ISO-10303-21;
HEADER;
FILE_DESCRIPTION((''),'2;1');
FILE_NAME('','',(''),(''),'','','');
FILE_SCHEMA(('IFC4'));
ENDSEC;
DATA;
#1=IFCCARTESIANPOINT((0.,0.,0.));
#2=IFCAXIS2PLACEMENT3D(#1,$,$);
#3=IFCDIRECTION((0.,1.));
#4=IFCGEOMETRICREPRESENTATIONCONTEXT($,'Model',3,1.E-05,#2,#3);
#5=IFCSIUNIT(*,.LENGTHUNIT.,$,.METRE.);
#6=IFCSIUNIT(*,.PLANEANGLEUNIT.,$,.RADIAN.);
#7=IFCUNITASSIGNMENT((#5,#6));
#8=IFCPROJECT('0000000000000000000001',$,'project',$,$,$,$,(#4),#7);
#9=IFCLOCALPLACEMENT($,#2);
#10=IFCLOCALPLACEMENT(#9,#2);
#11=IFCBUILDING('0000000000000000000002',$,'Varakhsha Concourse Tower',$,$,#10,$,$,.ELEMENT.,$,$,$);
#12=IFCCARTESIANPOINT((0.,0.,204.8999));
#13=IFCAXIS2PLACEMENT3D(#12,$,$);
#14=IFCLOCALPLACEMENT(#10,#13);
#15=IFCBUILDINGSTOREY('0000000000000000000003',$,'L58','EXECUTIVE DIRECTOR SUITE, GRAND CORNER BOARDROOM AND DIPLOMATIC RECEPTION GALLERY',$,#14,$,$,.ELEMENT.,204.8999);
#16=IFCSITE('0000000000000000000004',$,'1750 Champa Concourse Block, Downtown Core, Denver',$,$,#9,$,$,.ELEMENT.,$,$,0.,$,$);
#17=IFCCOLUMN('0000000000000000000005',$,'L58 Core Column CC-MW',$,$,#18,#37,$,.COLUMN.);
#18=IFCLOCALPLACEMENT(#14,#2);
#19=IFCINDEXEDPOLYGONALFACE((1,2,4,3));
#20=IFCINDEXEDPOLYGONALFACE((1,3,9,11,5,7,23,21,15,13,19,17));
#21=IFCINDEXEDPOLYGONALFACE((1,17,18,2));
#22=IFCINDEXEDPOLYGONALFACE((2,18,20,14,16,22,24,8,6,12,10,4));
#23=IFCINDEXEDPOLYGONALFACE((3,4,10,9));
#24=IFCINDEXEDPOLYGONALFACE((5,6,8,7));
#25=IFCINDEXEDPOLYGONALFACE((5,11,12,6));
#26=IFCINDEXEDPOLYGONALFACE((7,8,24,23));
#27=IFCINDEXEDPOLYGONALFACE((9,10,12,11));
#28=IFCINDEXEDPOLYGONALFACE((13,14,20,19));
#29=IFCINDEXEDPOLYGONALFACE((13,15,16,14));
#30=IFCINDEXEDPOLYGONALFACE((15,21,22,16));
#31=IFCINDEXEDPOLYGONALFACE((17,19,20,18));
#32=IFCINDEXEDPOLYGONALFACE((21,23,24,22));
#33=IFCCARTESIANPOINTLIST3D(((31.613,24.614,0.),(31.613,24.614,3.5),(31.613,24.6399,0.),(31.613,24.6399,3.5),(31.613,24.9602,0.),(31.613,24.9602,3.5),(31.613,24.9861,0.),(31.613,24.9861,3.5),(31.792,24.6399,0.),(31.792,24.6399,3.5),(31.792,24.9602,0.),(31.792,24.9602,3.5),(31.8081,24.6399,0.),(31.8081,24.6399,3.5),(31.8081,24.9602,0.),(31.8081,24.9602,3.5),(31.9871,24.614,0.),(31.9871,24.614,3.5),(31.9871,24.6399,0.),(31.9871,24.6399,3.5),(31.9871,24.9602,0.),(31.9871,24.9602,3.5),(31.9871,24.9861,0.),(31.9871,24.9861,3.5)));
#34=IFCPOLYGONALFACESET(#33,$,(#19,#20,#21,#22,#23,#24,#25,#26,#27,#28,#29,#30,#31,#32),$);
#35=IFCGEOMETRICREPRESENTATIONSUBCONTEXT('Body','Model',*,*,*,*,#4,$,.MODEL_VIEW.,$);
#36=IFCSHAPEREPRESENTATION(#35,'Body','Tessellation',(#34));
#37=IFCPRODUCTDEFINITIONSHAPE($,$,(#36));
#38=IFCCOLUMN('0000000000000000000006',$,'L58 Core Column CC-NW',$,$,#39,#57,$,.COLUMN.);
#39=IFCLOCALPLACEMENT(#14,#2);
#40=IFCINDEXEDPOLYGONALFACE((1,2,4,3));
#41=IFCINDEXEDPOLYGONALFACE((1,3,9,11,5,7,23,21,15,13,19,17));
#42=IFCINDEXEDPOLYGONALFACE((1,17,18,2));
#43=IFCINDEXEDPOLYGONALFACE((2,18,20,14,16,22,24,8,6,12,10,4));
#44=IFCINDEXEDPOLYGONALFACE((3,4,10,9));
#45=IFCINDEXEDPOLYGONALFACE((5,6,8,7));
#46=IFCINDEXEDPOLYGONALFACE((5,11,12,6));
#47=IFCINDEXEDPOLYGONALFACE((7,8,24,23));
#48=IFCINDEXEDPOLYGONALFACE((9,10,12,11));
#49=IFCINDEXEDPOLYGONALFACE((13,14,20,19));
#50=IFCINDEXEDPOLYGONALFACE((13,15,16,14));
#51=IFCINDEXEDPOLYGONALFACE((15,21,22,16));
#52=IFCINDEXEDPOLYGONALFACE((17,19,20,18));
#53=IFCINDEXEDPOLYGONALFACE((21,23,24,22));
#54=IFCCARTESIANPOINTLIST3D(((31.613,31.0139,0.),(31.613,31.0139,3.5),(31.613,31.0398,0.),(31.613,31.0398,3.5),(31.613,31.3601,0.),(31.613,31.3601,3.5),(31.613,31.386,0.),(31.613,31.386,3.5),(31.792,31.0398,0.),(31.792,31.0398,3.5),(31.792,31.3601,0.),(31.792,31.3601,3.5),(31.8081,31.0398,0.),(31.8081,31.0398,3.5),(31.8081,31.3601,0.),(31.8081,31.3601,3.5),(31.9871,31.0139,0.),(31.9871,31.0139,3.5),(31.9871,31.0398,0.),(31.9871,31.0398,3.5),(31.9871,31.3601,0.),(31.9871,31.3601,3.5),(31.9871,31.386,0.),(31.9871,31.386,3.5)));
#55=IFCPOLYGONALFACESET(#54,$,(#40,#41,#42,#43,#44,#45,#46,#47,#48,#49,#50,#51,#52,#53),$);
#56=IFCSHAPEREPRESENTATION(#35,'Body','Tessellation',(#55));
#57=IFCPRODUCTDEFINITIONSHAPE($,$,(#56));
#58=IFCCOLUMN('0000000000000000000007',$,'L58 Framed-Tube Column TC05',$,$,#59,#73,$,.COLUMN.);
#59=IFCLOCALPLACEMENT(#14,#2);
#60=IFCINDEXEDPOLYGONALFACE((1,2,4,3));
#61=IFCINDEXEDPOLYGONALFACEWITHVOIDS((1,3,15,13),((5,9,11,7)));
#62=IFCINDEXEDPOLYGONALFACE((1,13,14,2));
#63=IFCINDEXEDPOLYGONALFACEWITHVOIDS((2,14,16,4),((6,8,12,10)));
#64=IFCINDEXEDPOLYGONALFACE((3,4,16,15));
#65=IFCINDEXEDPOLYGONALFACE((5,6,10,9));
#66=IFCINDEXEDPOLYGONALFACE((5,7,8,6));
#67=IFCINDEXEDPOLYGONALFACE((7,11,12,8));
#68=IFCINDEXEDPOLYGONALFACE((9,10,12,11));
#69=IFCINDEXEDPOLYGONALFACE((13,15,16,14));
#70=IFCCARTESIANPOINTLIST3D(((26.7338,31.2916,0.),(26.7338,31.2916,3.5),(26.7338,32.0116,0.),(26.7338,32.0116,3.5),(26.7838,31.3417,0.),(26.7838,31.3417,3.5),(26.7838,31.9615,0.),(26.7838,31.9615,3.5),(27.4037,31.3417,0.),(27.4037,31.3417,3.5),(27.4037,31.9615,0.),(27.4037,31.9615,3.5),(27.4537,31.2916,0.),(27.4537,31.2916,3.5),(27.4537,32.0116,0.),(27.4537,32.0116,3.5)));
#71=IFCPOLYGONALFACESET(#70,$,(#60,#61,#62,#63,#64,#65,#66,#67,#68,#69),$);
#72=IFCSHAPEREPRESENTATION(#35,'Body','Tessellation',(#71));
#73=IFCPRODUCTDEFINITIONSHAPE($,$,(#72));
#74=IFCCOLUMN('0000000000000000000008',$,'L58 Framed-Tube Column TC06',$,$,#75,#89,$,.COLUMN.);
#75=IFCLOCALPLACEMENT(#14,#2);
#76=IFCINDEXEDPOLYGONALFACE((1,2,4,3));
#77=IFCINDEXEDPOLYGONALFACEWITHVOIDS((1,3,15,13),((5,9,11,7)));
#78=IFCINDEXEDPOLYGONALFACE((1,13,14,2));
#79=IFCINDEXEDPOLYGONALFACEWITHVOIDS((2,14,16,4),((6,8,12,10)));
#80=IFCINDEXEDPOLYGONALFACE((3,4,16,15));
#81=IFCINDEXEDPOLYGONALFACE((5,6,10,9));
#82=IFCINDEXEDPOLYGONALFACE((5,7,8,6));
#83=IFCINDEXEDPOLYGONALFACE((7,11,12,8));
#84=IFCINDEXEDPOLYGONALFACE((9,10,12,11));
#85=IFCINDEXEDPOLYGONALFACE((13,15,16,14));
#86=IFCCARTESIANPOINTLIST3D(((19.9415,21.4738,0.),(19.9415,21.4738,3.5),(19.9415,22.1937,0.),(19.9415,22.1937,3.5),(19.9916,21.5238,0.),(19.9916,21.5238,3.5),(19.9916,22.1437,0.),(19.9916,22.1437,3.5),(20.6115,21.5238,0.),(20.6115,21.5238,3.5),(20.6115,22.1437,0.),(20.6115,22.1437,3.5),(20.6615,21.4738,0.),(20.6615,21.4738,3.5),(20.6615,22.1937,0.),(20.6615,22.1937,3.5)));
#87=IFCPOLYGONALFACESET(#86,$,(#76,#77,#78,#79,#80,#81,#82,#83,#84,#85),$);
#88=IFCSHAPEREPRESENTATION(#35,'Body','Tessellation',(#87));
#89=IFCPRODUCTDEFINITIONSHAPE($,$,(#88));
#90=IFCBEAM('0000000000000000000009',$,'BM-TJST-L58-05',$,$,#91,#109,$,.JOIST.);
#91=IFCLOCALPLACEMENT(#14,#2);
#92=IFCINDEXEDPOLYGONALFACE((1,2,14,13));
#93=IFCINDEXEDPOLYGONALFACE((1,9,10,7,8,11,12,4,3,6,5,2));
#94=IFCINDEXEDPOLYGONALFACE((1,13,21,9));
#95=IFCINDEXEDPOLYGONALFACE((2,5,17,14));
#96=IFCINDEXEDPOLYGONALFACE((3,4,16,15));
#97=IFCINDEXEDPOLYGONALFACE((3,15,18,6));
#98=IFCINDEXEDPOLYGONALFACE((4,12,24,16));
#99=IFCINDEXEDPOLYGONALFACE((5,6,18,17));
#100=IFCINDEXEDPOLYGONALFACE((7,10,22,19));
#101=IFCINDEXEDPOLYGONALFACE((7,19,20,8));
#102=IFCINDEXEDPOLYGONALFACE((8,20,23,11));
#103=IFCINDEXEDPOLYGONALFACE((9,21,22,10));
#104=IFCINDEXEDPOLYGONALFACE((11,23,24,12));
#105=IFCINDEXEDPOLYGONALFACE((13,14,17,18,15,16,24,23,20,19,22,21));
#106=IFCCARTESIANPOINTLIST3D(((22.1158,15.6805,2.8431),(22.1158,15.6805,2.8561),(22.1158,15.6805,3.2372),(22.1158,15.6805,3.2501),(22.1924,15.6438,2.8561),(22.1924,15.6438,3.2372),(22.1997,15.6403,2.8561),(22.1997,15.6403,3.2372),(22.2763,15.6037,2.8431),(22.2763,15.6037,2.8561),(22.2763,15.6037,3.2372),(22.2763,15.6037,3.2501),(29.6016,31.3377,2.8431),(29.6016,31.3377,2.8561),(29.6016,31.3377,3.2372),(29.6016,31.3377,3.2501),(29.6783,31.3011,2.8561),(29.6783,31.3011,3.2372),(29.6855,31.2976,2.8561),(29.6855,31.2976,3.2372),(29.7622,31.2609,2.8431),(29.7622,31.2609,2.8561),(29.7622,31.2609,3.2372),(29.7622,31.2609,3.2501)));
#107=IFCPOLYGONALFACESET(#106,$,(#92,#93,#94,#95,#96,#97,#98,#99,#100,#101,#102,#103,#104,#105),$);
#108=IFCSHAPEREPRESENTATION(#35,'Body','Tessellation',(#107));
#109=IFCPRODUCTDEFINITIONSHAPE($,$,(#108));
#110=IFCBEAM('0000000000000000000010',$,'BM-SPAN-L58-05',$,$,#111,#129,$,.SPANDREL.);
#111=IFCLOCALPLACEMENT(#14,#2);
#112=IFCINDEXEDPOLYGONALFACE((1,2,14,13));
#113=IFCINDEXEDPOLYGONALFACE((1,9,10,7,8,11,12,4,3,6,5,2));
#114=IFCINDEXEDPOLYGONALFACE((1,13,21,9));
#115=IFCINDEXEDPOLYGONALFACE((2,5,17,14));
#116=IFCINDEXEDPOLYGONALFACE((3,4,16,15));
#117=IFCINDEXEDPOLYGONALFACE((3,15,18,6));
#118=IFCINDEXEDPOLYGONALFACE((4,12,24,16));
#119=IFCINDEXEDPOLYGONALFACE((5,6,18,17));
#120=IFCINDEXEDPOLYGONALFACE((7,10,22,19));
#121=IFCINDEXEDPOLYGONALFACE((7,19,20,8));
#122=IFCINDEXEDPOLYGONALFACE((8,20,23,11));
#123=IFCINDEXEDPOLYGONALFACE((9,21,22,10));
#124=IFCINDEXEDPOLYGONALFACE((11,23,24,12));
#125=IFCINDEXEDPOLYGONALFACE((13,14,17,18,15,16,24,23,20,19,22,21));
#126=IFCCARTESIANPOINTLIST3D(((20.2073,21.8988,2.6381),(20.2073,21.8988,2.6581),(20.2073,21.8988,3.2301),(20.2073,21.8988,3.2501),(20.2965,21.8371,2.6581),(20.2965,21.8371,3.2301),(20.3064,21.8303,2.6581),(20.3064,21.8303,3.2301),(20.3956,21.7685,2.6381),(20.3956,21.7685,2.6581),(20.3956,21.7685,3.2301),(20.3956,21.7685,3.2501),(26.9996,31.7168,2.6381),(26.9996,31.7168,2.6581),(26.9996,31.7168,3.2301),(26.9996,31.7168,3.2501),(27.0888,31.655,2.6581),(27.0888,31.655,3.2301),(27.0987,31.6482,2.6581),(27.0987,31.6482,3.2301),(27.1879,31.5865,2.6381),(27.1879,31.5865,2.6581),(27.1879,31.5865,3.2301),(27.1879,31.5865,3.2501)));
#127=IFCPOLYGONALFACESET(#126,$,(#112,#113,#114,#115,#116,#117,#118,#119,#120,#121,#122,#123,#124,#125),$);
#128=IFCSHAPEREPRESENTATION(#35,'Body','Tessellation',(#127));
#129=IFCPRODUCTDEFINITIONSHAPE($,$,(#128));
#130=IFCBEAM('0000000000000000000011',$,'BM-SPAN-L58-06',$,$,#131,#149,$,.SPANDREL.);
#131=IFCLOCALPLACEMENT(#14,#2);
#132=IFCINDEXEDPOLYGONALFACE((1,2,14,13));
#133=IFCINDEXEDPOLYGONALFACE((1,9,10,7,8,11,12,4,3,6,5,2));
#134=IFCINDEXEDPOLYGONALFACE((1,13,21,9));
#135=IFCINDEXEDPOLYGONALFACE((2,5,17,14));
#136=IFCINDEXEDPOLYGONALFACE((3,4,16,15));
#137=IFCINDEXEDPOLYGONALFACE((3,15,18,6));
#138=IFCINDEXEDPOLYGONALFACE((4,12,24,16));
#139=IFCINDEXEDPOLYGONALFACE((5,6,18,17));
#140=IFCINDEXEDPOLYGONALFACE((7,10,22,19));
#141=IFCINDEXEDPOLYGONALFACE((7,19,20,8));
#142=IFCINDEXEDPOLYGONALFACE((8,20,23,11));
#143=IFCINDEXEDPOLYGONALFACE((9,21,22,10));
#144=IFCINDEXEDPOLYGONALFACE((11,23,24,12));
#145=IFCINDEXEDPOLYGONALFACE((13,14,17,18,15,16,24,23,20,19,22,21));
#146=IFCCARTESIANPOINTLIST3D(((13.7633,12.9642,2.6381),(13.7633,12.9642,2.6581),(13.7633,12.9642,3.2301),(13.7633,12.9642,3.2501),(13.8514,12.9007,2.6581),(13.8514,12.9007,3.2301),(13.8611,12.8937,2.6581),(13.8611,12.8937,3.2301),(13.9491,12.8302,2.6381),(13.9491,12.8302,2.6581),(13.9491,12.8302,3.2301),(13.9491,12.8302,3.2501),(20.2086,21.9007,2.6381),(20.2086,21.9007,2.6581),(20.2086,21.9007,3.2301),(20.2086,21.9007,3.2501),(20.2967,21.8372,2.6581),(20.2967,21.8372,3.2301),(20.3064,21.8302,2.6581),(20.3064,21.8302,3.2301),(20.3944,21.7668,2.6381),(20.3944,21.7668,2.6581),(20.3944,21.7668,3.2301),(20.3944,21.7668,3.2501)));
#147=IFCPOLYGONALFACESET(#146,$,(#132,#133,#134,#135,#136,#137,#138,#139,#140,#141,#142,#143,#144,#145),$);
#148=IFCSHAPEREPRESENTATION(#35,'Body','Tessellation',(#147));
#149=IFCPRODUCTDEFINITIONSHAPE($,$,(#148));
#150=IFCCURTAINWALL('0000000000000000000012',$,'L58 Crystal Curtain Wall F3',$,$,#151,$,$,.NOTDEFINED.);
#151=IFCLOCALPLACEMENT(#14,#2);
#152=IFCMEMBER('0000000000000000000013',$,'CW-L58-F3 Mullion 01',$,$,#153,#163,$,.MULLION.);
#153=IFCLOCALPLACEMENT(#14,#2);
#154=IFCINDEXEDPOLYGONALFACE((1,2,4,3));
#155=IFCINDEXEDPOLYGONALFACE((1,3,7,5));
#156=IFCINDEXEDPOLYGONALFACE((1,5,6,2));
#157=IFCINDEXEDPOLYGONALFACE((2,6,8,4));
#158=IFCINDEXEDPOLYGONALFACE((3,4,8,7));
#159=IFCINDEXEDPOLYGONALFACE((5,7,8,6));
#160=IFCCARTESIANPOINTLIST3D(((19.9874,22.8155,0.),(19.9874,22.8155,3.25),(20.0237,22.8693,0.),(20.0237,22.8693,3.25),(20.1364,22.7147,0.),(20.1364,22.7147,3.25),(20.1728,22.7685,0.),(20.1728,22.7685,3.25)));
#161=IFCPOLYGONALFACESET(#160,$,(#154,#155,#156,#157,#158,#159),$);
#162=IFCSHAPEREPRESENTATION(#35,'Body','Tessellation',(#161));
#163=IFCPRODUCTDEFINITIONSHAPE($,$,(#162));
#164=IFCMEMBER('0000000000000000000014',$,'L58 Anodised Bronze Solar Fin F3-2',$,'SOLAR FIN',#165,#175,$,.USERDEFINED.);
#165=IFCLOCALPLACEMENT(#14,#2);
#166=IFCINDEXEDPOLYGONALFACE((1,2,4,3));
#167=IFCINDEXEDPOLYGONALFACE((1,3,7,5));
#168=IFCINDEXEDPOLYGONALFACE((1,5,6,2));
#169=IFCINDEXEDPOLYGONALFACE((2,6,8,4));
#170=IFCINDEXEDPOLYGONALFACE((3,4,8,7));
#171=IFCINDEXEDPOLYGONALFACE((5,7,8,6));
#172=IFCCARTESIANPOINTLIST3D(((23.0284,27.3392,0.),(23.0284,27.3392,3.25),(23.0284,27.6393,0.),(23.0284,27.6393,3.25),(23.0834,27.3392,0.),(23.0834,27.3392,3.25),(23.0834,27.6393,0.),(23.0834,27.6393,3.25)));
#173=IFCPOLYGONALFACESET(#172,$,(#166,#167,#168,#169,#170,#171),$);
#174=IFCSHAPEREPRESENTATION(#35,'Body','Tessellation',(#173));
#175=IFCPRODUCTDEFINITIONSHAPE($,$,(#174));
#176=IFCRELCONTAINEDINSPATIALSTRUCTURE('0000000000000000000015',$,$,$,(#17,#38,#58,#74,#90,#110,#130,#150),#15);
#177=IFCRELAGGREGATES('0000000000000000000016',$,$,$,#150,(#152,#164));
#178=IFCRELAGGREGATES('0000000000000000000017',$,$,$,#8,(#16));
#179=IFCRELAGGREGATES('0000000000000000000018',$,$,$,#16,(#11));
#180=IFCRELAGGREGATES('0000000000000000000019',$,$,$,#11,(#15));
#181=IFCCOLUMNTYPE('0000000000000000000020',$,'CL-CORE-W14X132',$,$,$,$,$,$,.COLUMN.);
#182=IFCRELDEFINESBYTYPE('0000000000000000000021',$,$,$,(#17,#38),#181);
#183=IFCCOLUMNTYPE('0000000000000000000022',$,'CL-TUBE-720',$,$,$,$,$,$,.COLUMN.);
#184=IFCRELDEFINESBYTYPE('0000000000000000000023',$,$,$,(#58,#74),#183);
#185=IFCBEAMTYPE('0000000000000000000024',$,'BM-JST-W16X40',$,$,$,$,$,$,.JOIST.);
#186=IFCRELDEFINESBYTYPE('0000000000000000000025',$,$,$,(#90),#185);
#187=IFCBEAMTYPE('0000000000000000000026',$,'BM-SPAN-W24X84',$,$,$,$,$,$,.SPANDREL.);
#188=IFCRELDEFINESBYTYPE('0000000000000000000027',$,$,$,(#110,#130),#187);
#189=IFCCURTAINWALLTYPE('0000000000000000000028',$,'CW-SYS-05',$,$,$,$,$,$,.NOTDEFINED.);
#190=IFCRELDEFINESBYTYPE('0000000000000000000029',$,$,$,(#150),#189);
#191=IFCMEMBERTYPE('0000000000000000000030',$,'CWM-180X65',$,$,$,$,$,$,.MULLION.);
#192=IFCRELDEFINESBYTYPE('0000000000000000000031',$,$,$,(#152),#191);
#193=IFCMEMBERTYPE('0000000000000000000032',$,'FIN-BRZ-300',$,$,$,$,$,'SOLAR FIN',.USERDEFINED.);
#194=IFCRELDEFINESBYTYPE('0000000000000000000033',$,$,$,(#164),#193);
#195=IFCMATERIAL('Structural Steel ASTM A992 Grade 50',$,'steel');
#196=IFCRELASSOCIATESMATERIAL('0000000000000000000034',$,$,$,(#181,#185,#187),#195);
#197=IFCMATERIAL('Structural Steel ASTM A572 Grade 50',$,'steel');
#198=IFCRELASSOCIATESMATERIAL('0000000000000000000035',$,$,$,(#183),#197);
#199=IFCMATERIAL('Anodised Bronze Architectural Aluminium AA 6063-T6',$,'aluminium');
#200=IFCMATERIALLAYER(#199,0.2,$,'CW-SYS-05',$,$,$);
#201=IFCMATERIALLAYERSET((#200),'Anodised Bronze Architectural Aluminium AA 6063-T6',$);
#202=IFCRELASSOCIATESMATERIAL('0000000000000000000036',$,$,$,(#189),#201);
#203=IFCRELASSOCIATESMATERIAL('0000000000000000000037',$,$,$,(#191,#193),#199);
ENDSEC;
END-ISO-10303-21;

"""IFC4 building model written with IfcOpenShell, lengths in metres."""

from ifc_helpers import new_model, si_unit, direction, frame, origin, origin_2d, place, context, subcontext, project, spatial, rectangle, hollow_rectangle, i_section, extrude, source, transform, mapped, material, layer, layer_set, material_profile, profile_set, type_object, type_shapes, element, aggregate, save


model = new_model("IFC4")

# Units and contexts
model_context = context("Model", 3, precision=1e-05, world=origin(), true_north=direction((0.0, 1.0)))
body_context = subcontext(model_context, "Body", "Model", "MODEL_VIEW")
ifc_project = project(units=[si_unit("LENGTHUNIT", "METRE"), si_unit("PLANEANGLEUNIT", "RADIAN")], contexts=[model_context])

# Site, building, storey
site_placement = place(None, origin())
site = spatial("IfcSite", under=ifc_project, at=site_placement, Name="1750 Champa Concourse Block, Downtown Core, Denver", CompositionType="ELEMENT", RefElevation=0.0)
building_placement = place(site_placement, origin())
building = spatial("IfcBuilding", under=site, at=building_placement, Name="Varakhsha Concourse Tower", CompositionType="ELEMENT")
storey_placement = place(building_placement, frame((0.0, 0.0, 204.8999)))
storey = spatial("IfcBuildingStorey", under=building, at=storey_placement, Name="L58", Description="EXECUTIVE DIRECTOR SUITE, GRAND CORNER BOARDROOM AND DIPLOMATIC RECEPTION GALLERY", CompositionType="ELEMENT", Elevation=204.8999)

# Columns
ifc_material_1 = material(Name="Structural Steel ASTM A992 Grade 50", Category="steel")
ifc_material_profile_1 = material_profile(ifc_material_1, i_section(OverallWidth=0.374, OverallDepth=0.3721, WebThickness=0.0161, FlangeThickness=0.0259, at=origin_2d()), Name="W14X132")
ifc_profile_set_1 = profile_set([ifc_material_profile_1], Name="Structural Steel ASTM A992 Grade 50")
column_type_1 = type_object("IfcColumnType", Name="CL-CORE-W14X132", PredefinedType="COLUMN", material=ifc_profile_set_1)
for number, where, z_axis, x_axis, name in (
    (1, (31.8, 24.8, 0.0), (0.0, 0.0, 1.0), (1.0, 0.0, 0.0), "L58 Core Column CC-MW"),
    (2, (31.8, 31.2, 0.0), (0.0, 0.0, 1.0), (1.0, 0.0, 0.0), "L58 Core Column CC-NW"),
):
    element("IfcColumn", number, at=place(storey_placement, frame(where, z_axis=z_axis, x_axis=x_axis)), inside=storey, type_object=column_type_1, Name=name, PredefinedType="COLUMN", context=body_context, shape_type="SweptSolid", body=[
        extrude(i_section(OverallWidth=0.374, OverallDepth=0.3721, WebThickness=0.0161, FlangeThickness=0.0259, at=origin_2d()), origin(), (0.0, 0.0, 1.0), 3.5),
    ])
ifc_material_2 = material(Name="Structural Steel ASTM A572 Grade 50", Category="steel")
ifc_material_profile_2 = material_profile(ifc_material_2, hollow_rectangle(XDim=0.72, YDim=0.72, WallThickness=0.05, at=origin_2d()), Name="BOX 720x720x50")
ifc_profile_set_2 = profile_set([ifc_material_profile_2], Name="Structural Steel ASTM A572 Grade 50")
column_type_2 = type_object("IfcColumnType", Name="CL-TUBE-720", PredefinedType="COLUMN", material=ifc_profile_set_2)
for number, where, z_axis, x_axis, name in (
    (3, (27.0938, 31.6516, 0.0), (0.0, 0.0, 1.0), (1.0, 0.0, 0.0), "L58 Framed-Tube Column TC05"),
    (4, (20.3015, 21.8337, 0.0), (0.0, 0.0, 1.0), (1.0, 0.0, 0.0), "L58 Framed-Tube Column TC06"),
):
    element("IfcColumn", number, at=place(storey_placement, frame(where, z_axis=z_axis, x_axis=x_axis)), inside=storey, type_object=column_type_2, Name=name, PredefinedType="COLUMN", context=body_context, shape_type="SweptSolid", body=[
        extrude(hollow_rectangle(XDim=0.72, YDim=0.72, WallThickness=0.05, at=origin_2d()), origin(), (0.0, 0.0, 1.0), 3.5),
    ])

# Beams
ifc_material_profile_3 = material_profile(ifc_material_1, i_section(OverallWidth=0.178, OverallDepth=0.407, WebThickness=0.0081, FlangeThickness=0.0129, at=origin_2d()), Name="W16X40")
ifc_profile_set_3 = profile_set([ifc_material_profile_3], Name="Structural Steel ASTM A992 Grade 50")
beam_type_1 = type_object("IfcBeamType", Name="BM-JST-W16X40", PredefinedType="JOIST", material=ifc_profile_set_3)
beam_1_placement = place(storey_placement, frame((29.6819, 31.2993, 3.0466), z_axis=(-0.431343, -0.902188, 0.0), x_axis=(0.902188, -0.431343, 0.0)))
element("IfcBeam", 5, at=beam_1_placement, inside=storey, type_object=beam_type_1, Name="BM-TJST-L58-05", PredefinedType="JOIST", context=body_context, shape_type="SweptSolid", body=[
    extrude(i_section(OverallWidth=0.178, OverallDepth=0.407, WebThickness=0.0081, FlangeThickness=0.0129, at=origin_2d()), origin(), (0.0, 0.0, 1.0), 17.3547),
])
ifc_material_profile_4 = material_profile(ifc_material_1, i_section(OverallWidth=0.229, OverallDepth=0.6121, WebThickness=0.012, FlangeThickness=0.02, at=origin_2d()), Name="W24X84")
ifc_profile_set_4 = profile_set([ifc_material_profile_4], Name="Structural Steel ASTM A992 Grade 50")
beam_type_2 = type_object("IfcBeamType", Name="BM-SPAN-W24X84", PredefinedType="SPANDREL", material=ifc_profile_set_4)
beam_2_placement = place(storey_placement, frame((27.0938, 31.6516, 2.9441), z_axis=(-0.568941, -0.822378, 0.0), x_axis=(0.822378, -0.568941, 0.0)))
element("IfcBeam", 6, at=beam_2_placement, inside=storey, type_object=beam_type_2, Name="BM-SPAN-L58-05", PredefinedType="SPANDREL", context=body_context, shape_type="SweptSolid", body=[
    extrude(i_section(OverallWidth=0.229, OverallDepth=0.6121, WebThickness=0.012, FlangeThickness=0.02, at=origin_2d()), origin(), (0.0, 0.0, 1.0), 11.9385),
])
beam_3_placement = place(storey_placement, frame((20.3015, 21.8337, 2.9441), z_axis=(-0.584963, -0.81106, 0.0), x_axis=(0.81106, -0.584963, 0.0)))
element("IfcBeam", 7, at=beam_3_placement, inside=storey, type_object=beam_type_2, Name="BM-SPAN-L58-06", PredefinedType="SPANDREL", context=body_context, shape_type="SweptSolid", body=[
    extrude(i_section(OverallWidth=0.229, OverallDepth=0.6121, WebThickness=0.012, FlangeThickness=0.02, at=origin_2d()), origin(), (0.0, 0.0, 1.0), 11.0183),
])

# Curtain wall, members
ifc_material_3 = material(Name="Anodised Bronze Architectural Aluminium AA 6063-T6", Category="aluminium")
ifc_layer_1 = layer(ifc_material_3, 0.2, Name="CW-SYS-05")
ifc_layer_set_1 = layer_set([ifc_layer_1], Name="Anodised Bronze Architectural Aluminium AA 6063-T6")
curtain_wall_type = type_object("IfcCurtainWallType", Name="CW-SYS-05", PredefinedType="NOTDEFINED", material=ifc_layer_set_1)
curtain_wall_placement = place(storey_placement, origin())
curtain_wall = element("IfcCurtainWall", 8, at=curtain_wall_placement, inside=storey, type_object=curtain_wall_type, Name="L58 Crystal Curtain Wall F3", PredefinedType="NOTDEFINED")
ifc_material_profile_5 = material_profile(ifc_material_3, rectangle(XDim=0.0649, YDim=0.1799, at=origin_2d()), Name="CWM-180X65")
ifc_profile_set_5 = profile_set([ifc_material_profile_5], Name="Anodised Bronze Architectural Aluminium AA 6063-T6")
member_type_1 = type_object("IfcMemberType", Name="CWM-180X65", PredefinedType="MULLION", material=ifc_profile_set_5)
shared_shape_1 = source(origin(), body_context, "Body", "SweptSolid", [
    extrude(rectangle(XDim=0.0649, YDim=0.1799, at=origin_2d()), origin(), (0.0, 0.0, 1.0), 3.25),
])
type_shapes(member_type_1, [shared_shape_1])
member_1_placement = place(storey_placement, frame((20.0801, 22.792, 0.0), z_axis=(0.0, 0.0, 1.0), x_axis=(0.559999, 0.828494, 0.0)))
member_1 = element("IfcMember", 9, at=member_1_placement, type_object=member_type_1, Name="CW-L58-F3 Mullion 01", PredefinedType="MULLION", context=body_context, shape_type="MappedRepresentation", body=[
    mapped(shared_shape_1, transform((0.0, 0.0, 0.0), scale=1.0)),
])
ifc_material_profile_6 = material_profile(ifc_material_3, rectangle(XDim=0.0549, YDim=0.3, at=origin_2d()), Name="FIN-BRZ-300")
ifc_profile_set_6 = profile_set([ifc_material_profile_6], Name="Anodised Bronze Architectural Aluminium AA 6063-T6")
member_type_2 = type_object("IfcMemberType", Name="FIN-BRZ-300", ElementType="SOLAR FIN", PredefinedType="USERDEFINED", material=ifc_profile_set_6)
shared_shape_2 = source(origin(), body_context, "Body", "SweptSolid", [
    extrude(rectangle(XDim=0.0549, YDim=0.3, at=origin_2d()), origin(), (0.0, 0.0, 1.0), 3.25),
])
type_shapes(member_type_2, [shared_shape_2])
member_2_placement = place(storey_placement, frame((23.0559, 27.4893, 0.0), z_axis=(0.0, 0.0, 1.0), x_axis=(1.0, 0.0, 0.0)))
member_2 = element("IfcMember", 10, at=member_2_placement, type_object=member_type_2, Name="L58 Anodised Bronze Solar Fin F3-2", ObjectType="SOLAR FIN", PredefinedType="USERDEFINED", context=body_context, shape_type="MappedRepresentation", body=[
    mapped(shared_shape_2, transform((0.0, 0.0, 0.0), scale=1.0)),
])
aggregate(curtain_wall, [member_1, member_2])

save(model, "model.ifc")
